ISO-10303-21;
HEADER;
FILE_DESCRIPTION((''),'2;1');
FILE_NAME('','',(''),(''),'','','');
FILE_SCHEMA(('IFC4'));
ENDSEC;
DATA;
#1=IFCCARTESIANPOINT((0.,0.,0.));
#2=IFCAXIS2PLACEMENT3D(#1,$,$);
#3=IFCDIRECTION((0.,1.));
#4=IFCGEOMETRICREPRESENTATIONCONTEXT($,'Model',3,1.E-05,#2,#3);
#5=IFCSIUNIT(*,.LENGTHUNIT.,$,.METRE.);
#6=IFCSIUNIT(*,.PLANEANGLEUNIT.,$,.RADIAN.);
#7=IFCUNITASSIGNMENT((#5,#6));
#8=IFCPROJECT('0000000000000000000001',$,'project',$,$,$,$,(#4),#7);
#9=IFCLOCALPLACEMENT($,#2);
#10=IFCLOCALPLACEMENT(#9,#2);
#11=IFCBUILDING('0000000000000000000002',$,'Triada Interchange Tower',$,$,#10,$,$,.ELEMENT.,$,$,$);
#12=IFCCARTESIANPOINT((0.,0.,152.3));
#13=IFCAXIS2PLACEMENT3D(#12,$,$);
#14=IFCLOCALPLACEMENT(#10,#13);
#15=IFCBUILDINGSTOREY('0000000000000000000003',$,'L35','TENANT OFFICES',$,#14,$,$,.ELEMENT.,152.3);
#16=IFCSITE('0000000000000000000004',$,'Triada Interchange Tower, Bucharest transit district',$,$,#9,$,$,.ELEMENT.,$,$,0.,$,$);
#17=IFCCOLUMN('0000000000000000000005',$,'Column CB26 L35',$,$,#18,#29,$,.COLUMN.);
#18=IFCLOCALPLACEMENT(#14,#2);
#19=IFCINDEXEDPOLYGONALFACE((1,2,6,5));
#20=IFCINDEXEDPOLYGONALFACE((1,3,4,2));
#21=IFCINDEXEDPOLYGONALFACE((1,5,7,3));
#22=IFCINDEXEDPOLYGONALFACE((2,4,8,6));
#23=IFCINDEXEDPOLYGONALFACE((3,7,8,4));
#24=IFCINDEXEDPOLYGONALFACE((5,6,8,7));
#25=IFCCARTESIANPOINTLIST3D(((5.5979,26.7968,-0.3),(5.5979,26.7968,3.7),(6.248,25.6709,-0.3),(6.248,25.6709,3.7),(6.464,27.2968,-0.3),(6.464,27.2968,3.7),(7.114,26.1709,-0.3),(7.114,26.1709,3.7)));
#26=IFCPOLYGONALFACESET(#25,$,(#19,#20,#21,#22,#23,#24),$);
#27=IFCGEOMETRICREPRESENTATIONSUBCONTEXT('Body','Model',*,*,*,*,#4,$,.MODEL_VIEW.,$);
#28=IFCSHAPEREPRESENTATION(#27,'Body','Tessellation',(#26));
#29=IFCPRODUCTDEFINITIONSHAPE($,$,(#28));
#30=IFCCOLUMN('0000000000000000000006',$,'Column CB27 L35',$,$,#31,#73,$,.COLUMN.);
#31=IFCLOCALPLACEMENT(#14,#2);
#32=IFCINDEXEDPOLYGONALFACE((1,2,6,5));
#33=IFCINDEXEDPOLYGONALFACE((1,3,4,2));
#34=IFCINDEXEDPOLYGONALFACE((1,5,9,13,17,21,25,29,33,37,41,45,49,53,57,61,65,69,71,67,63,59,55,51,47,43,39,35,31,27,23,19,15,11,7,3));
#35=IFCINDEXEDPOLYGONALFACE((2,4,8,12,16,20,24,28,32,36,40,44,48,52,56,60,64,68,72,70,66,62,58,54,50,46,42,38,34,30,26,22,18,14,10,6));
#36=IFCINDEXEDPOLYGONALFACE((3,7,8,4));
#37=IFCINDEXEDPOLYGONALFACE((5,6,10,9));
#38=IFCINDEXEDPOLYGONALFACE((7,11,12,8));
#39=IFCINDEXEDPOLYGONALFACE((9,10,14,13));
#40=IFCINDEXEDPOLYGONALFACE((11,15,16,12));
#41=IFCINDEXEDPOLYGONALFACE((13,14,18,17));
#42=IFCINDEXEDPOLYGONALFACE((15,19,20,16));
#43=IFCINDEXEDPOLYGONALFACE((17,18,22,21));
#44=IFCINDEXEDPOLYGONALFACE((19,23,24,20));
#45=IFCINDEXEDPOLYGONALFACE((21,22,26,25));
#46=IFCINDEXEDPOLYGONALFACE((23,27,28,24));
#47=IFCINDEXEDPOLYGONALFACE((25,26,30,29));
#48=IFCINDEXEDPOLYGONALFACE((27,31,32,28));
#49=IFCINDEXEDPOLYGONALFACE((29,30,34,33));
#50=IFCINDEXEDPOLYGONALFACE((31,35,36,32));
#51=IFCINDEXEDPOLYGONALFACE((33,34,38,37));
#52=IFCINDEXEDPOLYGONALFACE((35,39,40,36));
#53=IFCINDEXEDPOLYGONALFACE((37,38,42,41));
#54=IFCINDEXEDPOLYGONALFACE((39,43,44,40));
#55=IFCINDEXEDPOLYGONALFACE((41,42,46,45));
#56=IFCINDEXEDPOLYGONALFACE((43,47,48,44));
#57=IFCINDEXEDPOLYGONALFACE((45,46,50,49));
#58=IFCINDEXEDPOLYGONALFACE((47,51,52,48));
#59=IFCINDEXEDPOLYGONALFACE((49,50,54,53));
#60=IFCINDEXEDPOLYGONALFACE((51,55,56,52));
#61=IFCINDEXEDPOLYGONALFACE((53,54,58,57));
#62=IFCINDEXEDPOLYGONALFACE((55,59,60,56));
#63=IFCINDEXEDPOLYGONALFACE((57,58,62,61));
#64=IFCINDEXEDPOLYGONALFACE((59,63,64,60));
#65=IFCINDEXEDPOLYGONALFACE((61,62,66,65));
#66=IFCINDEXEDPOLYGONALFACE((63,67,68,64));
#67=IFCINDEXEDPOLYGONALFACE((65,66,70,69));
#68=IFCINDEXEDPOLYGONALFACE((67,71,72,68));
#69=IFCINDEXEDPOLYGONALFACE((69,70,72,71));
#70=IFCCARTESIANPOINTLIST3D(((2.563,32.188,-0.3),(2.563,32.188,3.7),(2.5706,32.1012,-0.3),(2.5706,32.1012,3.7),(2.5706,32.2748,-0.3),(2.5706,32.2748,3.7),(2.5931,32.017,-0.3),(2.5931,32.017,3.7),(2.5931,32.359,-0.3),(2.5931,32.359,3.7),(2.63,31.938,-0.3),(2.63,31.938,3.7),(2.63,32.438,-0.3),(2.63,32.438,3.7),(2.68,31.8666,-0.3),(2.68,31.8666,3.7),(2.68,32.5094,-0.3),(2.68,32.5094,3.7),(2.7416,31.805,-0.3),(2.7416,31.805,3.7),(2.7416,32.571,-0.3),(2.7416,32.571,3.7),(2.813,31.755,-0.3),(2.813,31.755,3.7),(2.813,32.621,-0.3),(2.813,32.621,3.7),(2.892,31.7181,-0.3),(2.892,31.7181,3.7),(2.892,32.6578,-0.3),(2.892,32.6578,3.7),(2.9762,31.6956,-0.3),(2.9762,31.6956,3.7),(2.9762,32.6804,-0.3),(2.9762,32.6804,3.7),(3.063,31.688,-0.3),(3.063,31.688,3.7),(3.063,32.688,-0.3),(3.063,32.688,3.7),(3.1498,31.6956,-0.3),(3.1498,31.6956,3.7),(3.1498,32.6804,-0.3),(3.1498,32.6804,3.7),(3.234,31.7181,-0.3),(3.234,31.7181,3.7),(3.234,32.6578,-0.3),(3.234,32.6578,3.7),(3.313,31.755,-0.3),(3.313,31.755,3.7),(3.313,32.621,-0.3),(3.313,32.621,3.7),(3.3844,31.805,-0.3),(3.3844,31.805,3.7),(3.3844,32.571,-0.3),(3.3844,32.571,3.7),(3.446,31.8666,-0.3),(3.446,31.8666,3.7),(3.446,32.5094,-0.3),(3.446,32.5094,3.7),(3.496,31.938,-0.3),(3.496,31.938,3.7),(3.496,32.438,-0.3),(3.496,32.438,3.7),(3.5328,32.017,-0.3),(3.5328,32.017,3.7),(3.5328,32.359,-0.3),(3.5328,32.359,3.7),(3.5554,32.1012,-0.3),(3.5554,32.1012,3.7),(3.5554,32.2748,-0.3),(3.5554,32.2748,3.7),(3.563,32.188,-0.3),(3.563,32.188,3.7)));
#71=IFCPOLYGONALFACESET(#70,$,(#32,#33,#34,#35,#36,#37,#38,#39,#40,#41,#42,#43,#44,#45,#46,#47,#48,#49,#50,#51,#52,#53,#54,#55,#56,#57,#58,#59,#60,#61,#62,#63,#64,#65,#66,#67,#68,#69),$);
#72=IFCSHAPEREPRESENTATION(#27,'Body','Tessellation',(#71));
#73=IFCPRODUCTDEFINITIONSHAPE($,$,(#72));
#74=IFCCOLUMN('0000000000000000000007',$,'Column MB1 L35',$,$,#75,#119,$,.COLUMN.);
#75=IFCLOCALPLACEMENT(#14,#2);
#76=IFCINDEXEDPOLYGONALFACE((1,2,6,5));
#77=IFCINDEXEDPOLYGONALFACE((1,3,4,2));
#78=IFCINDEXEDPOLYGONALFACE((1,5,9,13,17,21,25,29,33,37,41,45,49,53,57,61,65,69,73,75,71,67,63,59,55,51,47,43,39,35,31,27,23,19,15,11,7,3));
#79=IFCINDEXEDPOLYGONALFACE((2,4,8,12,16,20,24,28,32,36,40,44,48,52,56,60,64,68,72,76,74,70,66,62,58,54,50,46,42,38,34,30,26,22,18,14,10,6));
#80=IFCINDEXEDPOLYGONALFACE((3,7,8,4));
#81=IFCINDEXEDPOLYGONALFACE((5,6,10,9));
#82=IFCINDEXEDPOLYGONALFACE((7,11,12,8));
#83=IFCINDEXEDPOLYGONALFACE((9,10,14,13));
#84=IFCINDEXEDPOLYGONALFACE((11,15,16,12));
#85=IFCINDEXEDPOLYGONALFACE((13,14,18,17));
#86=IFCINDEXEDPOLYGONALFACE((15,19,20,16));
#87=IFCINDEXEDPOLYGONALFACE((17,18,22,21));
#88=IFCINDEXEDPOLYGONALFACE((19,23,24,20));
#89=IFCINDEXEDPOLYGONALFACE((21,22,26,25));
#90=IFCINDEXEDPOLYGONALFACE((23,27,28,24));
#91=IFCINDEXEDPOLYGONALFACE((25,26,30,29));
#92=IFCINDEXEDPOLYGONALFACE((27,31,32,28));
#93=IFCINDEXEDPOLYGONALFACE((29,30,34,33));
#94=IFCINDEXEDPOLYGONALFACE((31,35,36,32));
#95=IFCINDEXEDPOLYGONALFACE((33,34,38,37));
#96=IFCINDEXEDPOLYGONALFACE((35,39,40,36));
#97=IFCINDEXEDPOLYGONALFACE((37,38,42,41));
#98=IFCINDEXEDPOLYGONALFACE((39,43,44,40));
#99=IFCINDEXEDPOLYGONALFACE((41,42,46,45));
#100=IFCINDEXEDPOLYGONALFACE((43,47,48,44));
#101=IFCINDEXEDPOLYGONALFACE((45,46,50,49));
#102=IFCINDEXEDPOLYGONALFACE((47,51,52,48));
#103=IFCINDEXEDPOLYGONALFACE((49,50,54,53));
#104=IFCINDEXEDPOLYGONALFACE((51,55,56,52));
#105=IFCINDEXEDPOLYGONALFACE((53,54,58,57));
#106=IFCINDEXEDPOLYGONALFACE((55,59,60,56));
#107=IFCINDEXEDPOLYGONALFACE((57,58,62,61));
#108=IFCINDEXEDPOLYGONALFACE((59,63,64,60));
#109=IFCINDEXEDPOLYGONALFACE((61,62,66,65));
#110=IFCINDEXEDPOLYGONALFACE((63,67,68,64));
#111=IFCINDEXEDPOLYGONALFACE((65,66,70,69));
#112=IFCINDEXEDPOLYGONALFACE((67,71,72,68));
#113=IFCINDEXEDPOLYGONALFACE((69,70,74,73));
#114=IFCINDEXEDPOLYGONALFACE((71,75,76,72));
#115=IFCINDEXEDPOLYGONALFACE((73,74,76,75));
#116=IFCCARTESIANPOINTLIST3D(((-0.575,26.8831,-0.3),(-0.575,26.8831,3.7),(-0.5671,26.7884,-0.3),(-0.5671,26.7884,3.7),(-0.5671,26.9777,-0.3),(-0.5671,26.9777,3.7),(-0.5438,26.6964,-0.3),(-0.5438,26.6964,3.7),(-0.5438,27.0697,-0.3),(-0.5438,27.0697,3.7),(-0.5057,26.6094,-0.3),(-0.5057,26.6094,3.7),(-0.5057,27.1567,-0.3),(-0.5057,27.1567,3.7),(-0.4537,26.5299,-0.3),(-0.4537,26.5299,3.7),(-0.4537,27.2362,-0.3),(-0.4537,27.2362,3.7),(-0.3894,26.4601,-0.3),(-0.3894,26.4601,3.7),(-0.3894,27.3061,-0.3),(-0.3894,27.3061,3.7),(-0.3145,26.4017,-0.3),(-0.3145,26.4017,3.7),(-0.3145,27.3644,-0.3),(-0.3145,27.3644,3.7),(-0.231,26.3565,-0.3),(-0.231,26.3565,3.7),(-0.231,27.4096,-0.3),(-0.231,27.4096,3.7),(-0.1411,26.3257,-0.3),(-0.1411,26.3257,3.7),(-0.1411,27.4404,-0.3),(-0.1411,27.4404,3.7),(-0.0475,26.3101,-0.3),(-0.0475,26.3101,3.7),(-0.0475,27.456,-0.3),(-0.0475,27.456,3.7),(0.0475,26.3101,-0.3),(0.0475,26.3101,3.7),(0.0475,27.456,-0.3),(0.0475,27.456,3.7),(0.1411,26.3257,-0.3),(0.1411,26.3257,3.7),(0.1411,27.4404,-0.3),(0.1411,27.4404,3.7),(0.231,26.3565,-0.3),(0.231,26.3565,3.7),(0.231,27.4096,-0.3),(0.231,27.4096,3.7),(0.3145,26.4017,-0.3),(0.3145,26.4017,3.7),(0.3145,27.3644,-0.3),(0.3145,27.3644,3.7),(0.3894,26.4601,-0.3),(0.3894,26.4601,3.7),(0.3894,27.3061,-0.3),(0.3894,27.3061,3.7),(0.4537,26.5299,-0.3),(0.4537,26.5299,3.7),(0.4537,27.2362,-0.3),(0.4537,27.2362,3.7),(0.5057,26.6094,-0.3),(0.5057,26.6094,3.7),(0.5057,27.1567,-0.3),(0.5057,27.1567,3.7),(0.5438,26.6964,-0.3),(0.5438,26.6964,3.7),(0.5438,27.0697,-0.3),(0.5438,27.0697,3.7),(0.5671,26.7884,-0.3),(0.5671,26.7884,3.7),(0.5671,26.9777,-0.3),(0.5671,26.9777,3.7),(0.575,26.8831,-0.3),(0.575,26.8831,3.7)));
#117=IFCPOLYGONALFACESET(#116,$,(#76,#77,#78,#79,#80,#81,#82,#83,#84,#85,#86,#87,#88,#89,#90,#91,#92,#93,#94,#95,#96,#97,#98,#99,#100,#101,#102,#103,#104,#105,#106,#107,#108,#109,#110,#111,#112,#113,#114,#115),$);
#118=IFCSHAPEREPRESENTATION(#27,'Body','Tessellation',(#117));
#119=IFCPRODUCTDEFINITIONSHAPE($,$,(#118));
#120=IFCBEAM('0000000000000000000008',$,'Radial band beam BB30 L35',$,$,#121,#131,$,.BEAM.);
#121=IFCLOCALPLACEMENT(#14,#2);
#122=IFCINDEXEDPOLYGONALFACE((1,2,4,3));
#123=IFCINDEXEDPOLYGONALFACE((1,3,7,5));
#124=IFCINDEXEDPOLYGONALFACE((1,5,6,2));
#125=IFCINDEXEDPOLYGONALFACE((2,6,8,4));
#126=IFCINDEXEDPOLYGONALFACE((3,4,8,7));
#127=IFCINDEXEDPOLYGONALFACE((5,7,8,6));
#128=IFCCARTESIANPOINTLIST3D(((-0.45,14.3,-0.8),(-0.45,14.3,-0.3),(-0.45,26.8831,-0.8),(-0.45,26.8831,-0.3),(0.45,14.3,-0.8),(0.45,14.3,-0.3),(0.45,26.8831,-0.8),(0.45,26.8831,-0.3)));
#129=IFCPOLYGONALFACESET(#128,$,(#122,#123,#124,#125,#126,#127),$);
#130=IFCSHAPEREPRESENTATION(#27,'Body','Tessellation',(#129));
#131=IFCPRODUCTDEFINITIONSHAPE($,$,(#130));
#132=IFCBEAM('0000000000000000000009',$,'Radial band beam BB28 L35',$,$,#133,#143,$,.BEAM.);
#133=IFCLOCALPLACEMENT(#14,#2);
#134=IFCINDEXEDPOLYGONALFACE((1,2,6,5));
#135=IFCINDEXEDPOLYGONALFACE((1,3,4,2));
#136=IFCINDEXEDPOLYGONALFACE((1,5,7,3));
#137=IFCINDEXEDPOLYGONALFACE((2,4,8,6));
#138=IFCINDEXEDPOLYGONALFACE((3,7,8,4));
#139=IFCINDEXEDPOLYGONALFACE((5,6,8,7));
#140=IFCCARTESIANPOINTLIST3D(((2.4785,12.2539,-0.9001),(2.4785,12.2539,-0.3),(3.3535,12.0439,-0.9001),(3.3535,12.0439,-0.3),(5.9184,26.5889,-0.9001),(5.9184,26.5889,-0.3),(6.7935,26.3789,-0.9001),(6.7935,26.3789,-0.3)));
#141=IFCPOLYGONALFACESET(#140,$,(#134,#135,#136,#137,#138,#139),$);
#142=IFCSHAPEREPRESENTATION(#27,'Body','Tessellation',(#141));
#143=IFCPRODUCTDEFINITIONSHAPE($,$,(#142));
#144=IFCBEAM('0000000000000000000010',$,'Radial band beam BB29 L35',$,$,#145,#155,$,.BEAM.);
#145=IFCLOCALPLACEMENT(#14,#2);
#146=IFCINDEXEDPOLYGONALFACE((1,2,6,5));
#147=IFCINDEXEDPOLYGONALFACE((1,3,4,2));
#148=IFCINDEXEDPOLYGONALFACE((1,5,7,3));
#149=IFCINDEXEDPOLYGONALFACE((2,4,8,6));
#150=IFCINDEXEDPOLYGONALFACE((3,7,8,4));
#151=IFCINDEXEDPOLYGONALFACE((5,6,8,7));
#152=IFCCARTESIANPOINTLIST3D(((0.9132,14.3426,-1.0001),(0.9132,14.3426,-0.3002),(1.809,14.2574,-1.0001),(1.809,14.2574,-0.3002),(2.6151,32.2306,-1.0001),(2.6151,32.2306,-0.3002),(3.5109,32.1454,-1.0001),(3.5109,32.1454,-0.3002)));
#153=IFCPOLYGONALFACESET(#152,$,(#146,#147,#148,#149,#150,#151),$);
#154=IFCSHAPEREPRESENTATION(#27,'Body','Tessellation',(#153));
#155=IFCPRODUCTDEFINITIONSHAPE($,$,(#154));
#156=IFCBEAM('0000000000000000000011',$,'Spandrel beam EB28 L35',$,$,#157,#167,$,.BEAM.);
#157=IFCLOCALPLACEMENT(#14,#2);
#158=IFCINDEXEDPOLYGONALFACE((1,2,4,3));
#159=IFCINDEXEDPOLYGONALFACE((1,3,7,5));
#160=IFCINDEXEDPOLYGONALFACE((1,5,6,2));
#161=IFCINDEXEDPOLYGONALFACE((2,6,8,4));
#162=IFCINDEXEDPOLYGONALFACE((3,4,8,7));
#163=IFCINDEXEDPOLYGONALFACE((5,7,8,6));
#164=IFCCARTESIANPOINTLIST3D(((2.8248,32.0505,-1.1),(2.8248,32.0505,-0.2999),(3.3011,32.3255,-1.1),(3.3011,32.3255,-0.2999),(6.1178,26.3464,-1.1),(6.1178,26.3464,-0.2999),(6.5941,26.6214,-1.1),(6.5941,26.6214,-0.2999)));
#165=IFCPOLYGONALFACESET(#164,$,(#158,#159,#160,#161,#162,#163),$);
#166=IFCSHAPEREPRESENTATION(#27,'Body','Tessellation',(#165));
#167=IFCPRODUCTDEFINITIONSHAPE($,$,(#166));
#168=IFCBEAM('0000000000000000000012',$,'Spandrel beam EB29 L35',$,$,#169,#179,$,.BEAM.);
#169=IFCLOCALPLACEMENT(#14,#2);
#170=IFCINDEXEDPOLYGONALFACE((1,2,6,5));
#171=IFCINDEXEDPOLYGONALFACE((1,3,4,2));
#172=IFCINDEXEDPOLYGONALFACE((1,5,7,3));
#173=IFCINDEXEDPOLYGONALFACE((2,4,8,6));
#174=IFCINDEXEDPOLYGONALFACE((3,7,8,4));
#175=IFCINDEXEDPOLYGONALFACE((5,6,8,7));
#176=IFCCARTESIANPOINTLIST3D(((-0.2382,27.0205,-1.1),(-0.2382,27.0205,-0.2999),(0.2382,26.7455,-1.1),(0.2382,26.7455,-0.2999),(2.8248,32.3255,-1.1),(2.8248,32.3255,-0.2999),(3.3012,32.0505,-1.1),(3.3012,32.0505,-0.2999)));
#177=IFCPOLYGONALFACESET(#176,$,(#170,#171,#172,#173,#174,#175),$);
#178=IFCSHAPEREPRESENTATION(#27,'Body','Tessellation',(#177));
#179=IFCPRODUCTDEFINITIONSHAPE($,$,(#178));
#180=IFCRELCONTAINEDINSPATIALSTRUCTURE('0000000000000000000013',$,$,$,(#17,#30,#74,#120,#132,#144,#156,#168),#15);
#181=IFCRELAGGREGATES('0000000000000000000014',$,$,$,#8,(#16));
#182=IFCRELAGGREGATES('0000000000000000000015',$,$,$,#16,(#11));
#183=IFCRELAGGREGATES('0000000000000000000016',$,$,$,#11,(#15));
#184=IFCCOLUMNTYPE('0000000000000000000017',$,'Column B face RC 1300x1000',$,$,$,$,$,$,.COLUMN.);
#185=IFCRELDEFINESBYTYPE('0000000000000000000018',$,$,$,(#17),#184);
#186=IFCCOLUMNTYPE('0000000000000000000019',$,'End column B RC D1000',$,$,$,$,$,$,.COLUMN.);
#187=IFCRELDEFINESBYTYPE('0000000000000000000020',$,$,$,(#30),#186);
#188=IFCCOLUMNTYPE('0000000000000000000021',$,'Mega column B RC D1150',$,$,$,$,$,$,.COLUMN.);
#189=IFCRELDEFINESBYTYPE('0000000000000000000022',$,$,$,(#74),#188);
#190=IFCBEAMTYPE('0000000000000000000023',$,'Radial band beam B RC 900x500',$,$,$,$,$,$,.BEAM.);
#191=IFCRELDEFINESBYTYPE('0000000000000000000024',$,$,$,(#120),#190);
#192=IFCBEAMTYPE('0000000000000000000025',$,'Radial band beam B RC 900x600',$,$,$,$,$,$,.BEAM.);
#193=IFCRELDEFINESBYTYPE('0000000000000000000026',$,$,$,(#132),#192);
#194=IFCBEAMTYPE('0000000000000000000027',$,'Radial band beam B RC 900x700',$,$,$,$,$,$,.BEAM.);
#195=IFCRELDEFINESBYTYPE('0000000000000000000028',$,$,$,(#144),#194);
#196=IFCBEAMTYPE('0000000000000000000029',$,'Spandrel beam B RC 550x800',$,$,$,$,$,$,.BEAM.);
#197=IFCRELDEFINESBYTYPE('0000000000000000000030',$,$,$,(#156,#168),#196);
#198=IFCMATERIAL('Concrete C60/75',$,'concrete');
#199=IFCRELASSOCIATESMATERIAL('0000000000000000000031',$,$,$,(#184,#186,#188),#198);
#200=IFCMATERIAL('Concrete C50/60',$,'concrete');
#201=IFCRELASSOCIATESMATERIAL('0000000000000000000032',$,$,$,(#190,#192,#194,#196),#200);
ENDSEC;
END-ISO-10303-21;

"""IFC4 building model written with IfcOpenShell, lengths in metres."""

from ifc_helpers import new_model, si_unit, direction, frame, origin, origin_2d, place, context, subcontext, project, spatial, rectangle, circle, extrude, material, material_profile, profile_set, type_object, element, save


model = new_model("IFC4")

# Units and contexts
model_context = context("Model", 3, precision=1e-05, world=origin(), true_north=direction((0.0, 1.0)))
body_context = subcontext(model_context, "Body", "Model", "MODEL_VIEW")
ifc_project = project(units=[si_unit("LENGTHUNIT", "METRE"), si_unit("PLANEANGLEUNIT", "RADIAN")], contexts=[model_context])

# Site, building, storey
site_placement = place(None, origin())
site = spatial("IfcSite", under=ifc_project, at=site_placement, Name="Triada Interchange Tower, Bucharest transit district", CompositionType="ELEMENT", RefElevation=0.0)
building_placement = place(site_placement, origin())
building = spatial("IfcBuilding", under=site, at=building_placement, Name="Triada Interchange Tower", CompositionType="ELEMENT")
storey_placement = place(building_placement, frame((0.0, 0.0, 152.3)))
storey = spatial("IfcBuildingStorey", under=building, at=storey_placement, Name="L35", Description="TENANT OFFICES", CompositionType="ELEMENT", Elevation=152.3)

# Columns
ifc_material_1 = material(Name="Concrete C60/75", Category="concrete")
ifc_material_profile_1 = material_profile(ifc_material_1, rectangle(XDim=1.3, YDim=1.0, at=origin_2d()), Name="RC 1300x1000")
ifc_profile_set_1 = profile_set([ifc_material_profile_1], Name="Concrete C60/75")
column_type_1 = type_object("IfcColumnType", Name="Column B face RC 1300x1000", PredefinedType="COLUMN", material=ifc_profile_set_1)
column_1_placement = place(storey_placement, frame((6.356, 26.4839, -0.3), z_axis=(0.0, 0.0, 1.0), x_axis=(-0.5, 0.866025, 0.0)))
element("IfcColumn", 1, at=column_1_placement, inside=storey, type_object=column_type_1, Name="Column CB26 L35", PredefinedType="COLUMN", context=body_context, shape_type="SweptSolid", body=[
    extrude(rectangle(XDim=1.3, YDim=1.0, at=origin_2d()), origin(), (0.0, 0.0, 1.0), 4.0),
])
ifc_material_profile_2 = material_profile(ifc_material_1, circle(Radius=0.5, at=origin_2d()), Name="RC D1000")
ifc_profile_set_2 = profile_set([ifc_material_profile_2], Name="Concrete C60/75")
column_type_2 = type_object("IfcColumnType", Name="End column B RC D1000", PredefinedType="COLUMN", material=ifc_profile_set_2)
column_2_placement = place(storey_placement, frame((3.063, 32.188, -0.3), z_axis=(0.0, 0.0, 1.0), x_axis=(-0.5, 0.866025, 0.0)))
element("IfcColumn", 2, at=column_2_placement, inside=storey, type_object=column_type_2, Name="Column CB27 L35", PredefinedType="COLUMN", context=body_context, shape_type="SweptSolid", body=[
    extrude(circle(Radius=0.5, at=origin_2d()), origin(), (0.0, 0.0, 1.0), 4.0),
])
ifc_material_profile_3 = material_profile(ifc_material_1, circle(Radius=0.575, at=origin_2d()), Name="RC D1150")
ifc_profile_set_3 = profile_set([ifc_material_profile_3], Name="Concrete C60/75")
column_type_3 = type_object("IfcColumnType", Name="Mega column B RC D1150", PredefinedType="COLUMN", material=ifc_profile_set_3)
column_3_placement = place(storey_placement, frame((0.0, 26.8831, -0.3), z_axis=(0.0, 0.0, 1.0), x_axis=(1.0, 0.0, 0.0)))
element("IfcColumn", 3, at=column_3_placement, inside=storey, type_object=column_type_3, Name="Column MB1 L35", PredefinedType="COLUMN", context=body_context, shape_type="SweptSolid", body=[
    extrude(circle(Radius=0.575, at=origin_2d()), origin(), (0.0, 0.0, 1.0), 4.0),
])

# Beams
ifc_material_2 = material(Name="Concrete C50/60", Category="concrete")
ifc_material_profile_4 = material_profile(ifc_material_2, rectangle(XDim=0.8999, YDim=0.5, at=origin_2d()), Name="RC 900x500")
ifc_profile_set_4 = profile_set([ifc_material_profile_4], Name="Concrete C50/60")
beam_type_1 = type_object("IfcBeamType", Name="Radial band beam B RC 900x500", PredefinedType="BEAM", material=ifc_profile_set_4)
beam_1_placement = place(storey_placement, frame((0.0, 26.8831, -0.55), z_axis=(0.0, -1.0, 0.0), x_axis=(1.0, 0.0, 0.0)))
element("IfcBeam", 4, at=beam_1_placement, inside=storey, type_object=beam_type_1, Name="Radial band beam BB30 L35", PredefinedType="BEAM", context=body_context, shape_type="SweptSolid", body=[
    extrude(rectangle(XDim=0.8999, YDim=0.5, at=origin_2d()), origin(), (0.0, 0.0, 1.0), 12.583),
])
ifc_material_profile_5 = material_profile(ifc_material_2, rectangle(XDim=0.8999, YDim=0.6001, at=origin_2d()), Name="RC 900x600")
ifc_profile_set_5 = profile_set([ifc_material_profile_5], Name="Concrete C50/60")
beam_type_2 = type_object("IfcBeamType", Name="Radial band beam B RC 900x600", PredefinedType="BEAM", material=ifc_profile_set_5)
beam_2_placement = place(storey_placement, frame((6.356, 26.4839, -0.6001), z_axis=(-0.233344, -0.972394, 0.0), x_axis=(0.972394, -0.233344, 0.0)))
element("IfcBeam", 5, at=beam_2_placement, inside=storey, type_object=beam_type_2, Name="Radial band beam BB28 L35", PredefinedType="BEAM", context=body_context, shape_type="SweptSolid", body=[
    extrude(rectangle(XDim=0.8999, YDim=0.6001, at=origin_2d()), origin(), (0.0, 0.0, 1.0), 14.7419),
])
ifc_material_profile_6 = material_profile(ifc_material_2, rectangle(XDim=0.8999, YDim=0.7, at=origin_2d()), Name="RC 900x700")
ifc_profile_set_6 = profile_set([ifc_material_profile_6], Name="Concrete C50/60")
beam_type_3 = type_object("IfcBeamType", Name="Radial band beam B RC 900x700", PredefinedType="BEAM", material=ifc_profile_set_6)
beam_3_placement = place(storey_placement, frame((3.063, 32.188, -0.6501), z_axis=(-0.094715, -0.995504, 0.0), x_axis=(0.995504, -0.094715, 0.0)))
element("IfcBeam", 6, at=beam_3_placement, inside=storey, type_object=beam_type_3, Name="Radial band beam BB29 L35", PredefinedType="BEAM", context=body_context, shape_type="SweptSolid", body=[
    extrude(rectangle(XDim=0.8999, YDim=0.7, at=origin_2d()), origin(), (0.0, 0.0, 1.0), 17.9688),
])
ifc_material_profile_7 = material_profile(ifc_material_2, rectangle(XDim=0.55, YDim=0.8, at=origin_2d()), Name="RC 550x800")
ifc_profile_set_7 = profile_set([ifc_material_profile_7], Name="Concrete C50/60")
beam_type_4 = type_object("IfcBeamType", Name="Spandrel beam B RC 550x800", PredefinedType="BEAM", material=ifc_profile_set_7)
beam_4_placement = place(storey_placement, frame((6.356, 26.4839, -0.7), z_axis=(-0.499966, 0.866045, 0.0), x_axis=(-0.866045, -0.499966, 0.0)))
element("IfcBeam", 7, at=beam_4_placement, inside=storey, type_object=beam_type_4, Name="Spandrel beam EB28 L35", PredefinedType="BEAM", context=body_context, shape_type="SweptSolid", body=[
    extrude(rectangle(XDim=0.55, YDim=0.8, at=origin_2d()), origin(), (0.0, 0.0, 1.0), 6.5864),
])
for number, where, z_axis, x_axis, name in (
    (8, (3.063, 32.188, -0.7), (-0.500023, -0.866012, 0.0), (0.866012, -0.500023, 0.0), "Spandrel beam EB29 L35"),
):
    element("IfcBeam", number, at=place(storey_placement, frame(where, z_axis=z_axis, x_axis=x_axis)), inside=storey, type_object=beam_type_4, Name=name, PredefinedType="BEAM", context=body_context, shape_type="SweptSolid", body=[
        extrude(rectangle(XDim=0.55, YDim=0.8, at=origin_2d()), origin(), (0.0, 0.0, 1.0), 6.1257),
    ])

save(model, "model.ifc")
